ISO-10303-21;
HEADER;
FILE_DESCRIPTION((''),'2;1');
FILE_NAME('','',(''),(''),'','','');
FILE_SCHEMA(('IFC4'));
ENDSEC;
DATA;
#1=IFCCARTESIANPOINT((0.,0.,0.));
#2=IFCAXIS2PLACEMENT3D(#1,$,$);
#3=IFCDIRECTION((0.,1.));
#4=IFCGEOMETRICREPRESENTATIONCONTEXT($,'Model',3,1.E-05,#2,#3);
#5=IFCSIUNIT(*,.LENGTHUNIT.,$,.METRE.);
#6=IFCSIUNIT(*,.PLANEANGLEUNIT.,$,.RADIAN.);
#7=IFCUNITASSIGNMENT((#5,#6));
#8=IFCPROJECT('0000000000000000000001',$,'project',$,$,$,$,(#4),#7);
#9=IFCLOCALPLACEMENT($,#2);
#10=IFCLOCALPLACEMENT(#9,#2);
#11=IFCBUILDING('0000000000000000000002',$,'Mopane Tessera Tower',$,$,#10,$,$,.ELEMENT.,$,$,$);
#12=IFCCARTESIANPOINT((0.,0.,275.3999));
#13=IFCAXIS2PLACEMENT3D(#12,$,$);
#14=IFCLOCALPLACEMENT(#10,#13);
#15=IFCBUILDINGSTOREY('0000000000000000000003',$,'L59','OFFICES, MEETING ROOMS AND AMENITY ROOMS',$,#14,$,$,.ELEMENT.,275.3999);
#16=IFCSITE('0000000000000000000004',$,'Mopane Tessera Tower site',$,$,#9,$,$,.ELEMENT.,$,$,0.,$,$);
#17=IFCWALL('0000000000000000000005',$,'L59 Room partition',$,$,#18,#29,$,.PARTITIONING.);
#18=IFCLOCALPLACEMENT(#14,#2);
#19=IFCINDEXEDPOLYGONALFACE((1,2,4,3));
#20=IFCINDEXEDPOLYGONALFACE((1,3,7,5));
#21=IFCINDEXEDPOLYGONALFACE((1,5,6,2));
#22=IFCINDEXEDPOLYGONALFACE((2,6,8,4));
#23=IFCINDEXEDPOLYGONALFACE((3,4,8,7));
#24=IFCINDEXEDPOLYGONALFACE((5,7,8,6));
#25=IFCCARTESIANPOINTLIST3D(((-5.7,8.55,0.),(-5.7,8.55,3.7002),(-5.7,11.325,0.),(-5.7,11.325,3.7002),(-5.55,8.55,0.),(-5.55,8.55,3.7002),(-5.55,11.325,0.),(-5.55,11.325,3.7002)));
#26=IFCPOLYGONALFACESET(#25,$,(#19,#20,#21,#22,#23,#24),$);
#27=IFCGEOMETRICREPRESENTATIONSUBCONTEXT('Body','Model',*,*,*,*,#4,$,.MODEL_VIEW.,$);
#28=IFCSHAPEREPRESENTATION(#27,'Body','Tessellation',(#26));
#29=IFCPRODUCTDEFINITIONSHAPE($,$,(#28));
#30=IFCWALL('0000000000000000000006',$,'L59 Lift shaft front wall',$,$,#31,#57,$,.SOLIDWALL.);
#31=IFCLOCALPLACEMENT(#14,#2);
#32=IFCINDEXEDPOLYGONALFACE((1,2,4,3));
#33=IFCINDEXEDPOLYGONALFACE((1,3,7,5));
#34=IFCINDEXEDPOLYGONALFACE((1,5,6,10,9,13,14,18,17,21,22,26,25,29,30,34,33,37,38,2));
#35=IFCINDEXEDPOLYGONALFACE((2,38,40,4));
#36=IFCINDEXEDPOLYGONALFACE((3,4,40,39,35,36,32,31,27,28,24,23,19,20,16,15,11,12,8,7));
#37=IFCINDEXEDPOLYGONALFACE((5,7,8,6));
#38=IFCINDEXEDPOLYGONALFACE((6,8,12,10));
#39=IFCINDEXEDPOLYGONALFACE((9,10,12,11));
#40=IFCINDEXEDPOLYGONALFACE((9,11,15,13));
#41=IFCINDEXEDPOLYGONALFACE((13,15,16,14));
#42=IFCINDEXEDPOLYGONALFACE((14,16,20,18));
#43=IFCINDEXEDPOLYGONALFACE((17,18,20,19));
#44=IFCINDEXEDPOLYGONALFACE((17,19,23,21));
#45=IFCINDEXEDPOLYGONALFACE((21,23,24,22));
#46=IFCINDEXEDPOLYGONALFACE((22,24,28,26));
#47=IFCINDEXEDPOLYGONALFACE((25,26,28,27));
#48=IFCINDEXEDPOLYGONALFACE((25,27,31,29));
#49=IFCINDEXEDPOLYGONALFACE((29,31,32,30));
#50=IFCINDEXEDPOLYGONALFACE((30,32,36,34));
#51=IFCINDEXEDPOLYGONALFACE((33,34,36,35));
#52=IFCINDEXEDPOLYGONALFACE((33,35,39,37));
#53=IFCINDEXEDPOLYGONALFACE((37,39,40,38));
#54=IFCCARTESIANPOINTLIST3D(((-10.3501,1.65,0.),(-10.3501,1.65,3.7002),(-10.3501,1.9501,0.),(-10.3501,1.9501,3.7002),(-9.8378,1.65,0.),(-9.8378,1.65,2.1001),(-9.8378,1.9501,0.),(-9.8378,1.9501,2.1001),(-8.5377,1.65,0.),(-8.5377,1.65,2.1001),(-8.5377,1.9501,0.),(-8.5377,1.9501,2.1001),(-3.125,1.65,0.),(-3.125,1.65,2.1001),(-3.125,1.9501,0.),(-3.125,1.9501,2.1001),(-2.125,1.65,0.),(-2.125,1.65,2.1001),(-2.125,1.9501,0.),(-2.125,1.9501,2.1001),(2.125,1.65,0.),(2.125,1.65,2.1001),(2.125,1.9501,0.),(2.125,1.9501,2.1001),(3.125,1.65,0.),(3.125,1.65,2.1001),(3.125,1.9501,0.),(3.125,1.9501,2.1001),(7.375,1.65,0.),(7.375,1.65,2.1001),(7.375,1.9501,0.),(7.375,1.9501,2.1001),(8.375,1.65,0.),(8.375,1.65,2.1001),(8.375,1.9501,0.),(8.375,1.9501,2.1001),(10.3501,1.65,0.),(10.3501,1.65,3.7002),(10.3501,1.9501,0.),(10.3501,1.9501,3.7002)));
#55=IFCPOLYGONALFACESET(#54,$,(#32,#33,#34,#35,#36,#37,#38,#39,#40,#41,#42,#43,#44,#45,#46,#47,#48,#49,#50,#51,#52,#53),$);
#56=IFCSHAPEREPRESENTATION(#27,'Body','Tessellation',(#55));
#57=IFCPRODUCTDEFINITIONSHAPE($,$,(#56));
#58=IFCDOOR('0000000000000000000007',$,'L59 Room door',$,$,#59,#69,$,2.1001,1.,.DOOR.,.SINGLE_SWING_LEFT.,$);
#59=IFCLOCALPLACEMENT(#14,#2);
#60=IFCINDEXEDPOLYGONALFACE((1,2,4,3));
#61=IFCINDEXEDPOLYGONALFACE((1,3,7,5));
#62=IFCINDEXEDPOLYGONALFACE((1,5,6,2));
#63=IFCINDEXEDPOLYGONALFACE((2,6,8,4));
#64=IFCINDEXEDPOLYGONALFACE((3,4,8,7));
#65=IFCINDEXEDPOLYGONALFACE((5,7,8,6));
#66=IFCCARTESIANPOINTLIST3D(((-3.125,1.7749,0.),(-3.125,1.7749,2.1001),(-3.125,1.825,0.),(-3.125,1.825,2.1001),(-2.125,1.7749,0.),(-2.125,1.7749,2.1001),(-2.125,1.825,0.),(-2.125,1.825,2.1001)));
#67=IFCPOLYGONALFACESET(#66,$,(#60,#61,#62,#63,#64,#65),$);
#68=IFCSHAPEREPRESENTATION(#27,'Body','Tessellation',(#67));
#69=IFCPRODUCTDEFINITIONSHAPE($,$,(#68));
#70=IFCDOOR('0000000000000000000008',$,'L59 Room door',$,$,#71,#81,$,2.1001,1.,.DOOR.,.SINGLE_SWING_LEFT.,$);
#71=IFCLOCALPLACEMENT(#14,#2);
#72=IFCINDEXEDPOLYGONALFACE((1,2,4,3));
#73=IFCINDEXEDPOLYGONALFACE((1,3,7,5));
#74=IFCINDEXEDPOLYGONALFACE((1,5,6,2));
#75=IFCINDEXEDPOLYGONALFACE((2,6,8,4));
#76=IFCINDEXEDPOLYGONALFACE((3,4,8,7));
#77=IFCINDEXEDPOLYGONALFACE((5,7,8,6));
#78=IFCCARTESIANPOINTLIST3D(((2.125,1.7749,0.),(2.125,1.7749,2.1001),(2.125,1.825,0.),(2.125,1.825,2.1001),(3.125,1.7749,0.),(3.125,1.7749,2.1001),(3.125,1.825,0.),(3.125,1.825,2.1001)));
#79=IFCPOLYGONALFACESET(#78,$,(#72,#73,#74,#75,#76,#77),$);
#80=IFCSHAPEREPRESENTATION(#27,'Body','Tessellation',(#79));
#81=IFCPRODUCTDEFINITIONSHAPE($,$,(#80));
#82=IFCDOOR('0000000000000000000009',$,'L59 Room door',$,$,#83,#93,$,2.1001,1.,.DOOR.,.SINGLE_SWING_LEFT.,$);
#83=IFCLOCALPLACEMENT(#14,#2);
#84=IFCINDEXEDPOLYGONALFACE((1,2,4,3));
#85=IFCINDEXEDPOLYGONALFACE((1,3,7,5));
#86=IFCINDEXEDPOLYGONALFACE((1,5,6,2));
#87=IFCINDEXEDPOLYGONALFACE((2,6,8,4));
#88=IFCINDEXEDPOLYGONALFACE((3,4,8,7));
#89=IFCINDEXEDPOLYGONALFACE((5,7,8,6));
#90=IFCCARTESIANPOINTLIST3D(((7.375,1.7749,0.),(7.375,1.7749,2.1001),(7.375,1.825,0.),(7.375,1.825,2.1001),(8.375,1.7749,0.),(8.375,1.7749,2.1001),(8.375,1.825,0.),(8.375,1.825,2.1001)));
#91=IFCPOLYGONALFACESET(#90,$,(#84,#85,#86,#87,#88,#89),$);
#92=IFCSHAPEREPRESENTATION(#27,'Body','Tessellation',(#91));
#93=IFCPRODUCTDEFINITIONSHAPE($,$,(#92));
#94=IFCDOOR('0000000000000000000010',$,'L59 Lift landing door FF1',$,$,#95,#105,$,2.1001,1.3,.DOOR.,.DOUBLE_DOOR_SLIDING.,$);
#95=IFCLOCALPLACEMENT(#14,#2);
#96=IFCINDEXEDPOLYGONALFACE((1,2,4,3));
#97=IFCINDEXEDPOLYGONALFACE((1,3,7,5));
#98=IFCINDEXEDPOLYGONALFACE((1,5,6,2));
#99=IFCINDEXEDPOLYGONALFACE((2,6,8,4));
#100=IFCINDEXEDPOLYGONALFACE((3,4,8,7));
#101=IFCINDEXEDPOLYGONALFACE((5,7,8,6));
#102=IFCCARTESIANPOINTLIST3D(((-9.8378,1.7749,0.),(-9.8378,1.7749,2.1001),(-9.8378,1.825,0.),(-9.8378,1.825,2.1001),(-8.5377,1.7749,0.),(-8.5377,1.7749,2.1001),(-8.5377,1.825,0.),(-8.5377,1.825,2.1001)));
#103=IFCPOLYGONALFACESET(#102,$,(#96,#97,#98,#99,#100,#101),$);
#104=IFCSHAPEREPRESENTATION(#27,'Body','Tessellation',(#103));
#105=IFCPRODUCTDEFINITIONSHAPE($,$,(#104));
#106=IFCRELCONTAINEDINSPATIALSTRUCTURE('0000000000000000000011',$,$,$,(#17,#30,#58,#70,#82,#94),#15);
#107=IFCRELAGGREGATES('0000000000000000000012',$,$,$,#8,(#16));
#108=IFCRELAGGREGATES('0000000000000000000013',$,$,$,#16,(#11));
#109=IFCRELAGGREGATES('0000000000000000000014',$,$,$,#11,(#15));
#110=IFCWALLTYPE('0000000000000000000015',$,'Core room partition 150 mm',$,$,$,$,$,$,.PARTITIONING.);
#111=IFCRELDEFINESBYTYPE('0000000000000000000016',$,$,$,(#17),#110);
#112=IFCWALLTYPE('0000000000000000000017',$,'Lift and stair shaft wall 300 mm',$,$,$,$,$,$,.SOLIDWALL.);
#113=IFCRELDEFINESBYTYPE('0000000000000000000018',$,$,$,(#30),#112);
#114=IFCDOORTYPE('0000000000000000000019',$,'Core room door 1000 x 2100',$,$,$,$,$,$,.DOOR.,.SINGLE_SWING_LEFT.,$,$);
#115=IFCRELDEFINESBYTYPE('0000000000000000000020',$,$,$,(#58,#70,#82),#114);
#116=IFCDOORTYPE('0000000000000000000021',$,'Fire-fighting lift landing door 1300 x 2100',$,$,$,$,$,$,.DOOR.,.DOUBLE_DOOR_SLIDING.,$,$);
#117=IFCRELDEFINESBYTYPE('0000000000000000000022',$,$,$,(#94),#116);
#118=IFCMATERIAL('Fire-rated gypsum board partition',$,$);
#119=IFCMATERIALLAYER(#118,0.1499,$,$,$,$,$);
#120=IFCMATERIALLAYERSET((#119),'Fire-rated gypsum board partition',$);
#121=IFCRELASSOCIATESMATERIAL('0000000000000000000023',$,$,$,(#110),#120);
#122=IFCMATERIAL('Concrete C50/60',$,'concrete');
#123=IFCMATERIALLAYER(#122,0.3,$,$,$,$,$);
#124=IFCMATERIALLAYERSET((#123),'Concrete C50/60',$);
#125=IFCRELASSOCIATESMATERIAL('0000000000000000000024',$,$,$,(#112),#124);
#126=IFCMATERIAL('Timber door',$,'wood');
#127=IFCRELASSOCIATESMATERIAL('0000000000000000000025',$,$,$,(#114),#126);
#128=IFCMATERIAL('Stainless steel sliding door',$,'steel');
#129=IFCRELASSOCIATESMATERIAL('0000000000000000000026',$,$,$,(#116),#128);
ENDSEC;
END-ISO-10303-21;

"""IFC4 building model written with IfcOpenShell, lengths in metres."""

from ifc_helpers import new_model, si_unit, direction, frame, frame_2d, origin, place, context, subcontext, project, spatial, rectangle, extrude, material, layer, layer_set, type_object, element, fill, save


model = new_model("IFC4")

# Units and contexts
model_context = context("Model", 3, precision=1e-05, world=origin(), true_north=direction((0.0, 1.0)))
body_context = subcontext(model_context, "Body", "Model", "MODEL_VIEW")
ifc_project = project(units=[si_unit("LENGTHUNIT", "METRE"), si_unit("PLANEANGLEUNIT", "RADIAN")], contexts=[model_context])

# Site, building, storey
site_placement = place(None, origin())
site = spatial("IfcSite", under=ifc_project, at=site_placement, Name="Mopane Tessera Tower site", CompositionType="ELEMENT", RefElevation=0.0)
building_placement = place(site_placement, origin())
building = spatial("IfcBuilding", under=site, at=building_placement, Name="Mopane Tessera Tower", CompositionType="ELEMENT")
storey_placement = place(building_placement, frame((0.0, 0.0, 275.3999)))
storey = spatial("IfcBuildingStorey", under=building, at=storey_placement, Name="L59", Description="OFFICES, MEETING ROOMS AND AMENITY ROOMS", CompositionType="ELEMENT", Elevation=275.3999)

# Wall
ifc_material_1 = material(Name="Fire-rated gypsum board partition")
ifc_layer_1 = layer(ifc_material_1, 0.1499)
ifc_layer_set_1 = layer_set([ifc_layer_1], Name="Fire-rated gypsum board partition")
wall_type_1 = type_object("IfcWallType", Name="Core room partition 150 mm", PredefinedType="PARTITIONING", material=ifc_layer_set_1)
wall_1_placement = place(storey_placement, frame((-5.625, 8.55, 0.0), z_axis=(0.0, 0.0, 1.0), x_axis=(0.0, 1.0, 0.0)))
element("IfcWall", 1, at=wall_1_placement, inside=storey, type_object=wall_type_1, Name="L59 Room partition", PredefinedType="PARTITIONING", context=body_context, shape_type="SweptSolid", body=[
    extrude(rectangle(XDim=2.7749, YDim=0.1499, at=frame_2d((1.3875, 0.0))), origin(), (0.0, 0.0, 1.0), 3.7002),
])

# Wall, openings, doors
ifc_material_2 = material(Name="Concrete C50/60", Category="concrete")
ifc_layer_2 = layer(ifc_material_2, 0.3)
ifc_layer_set_2 = layer_set([ifc_layer_2], Name="Concrete C50/60")
wall_type_2 = type_object("IfcWallType", Name="Lift and stair shaft wall 300 mm", PredefinedType="SOLIDWALL", material=ifc_layer_set_2)
wall_2_placement = place(storey_placement, frame((-10.3501, 1.8, 0.0), z_axis=(0.0, 0.0, 1.0), x_axis=(1.0, 0.0, 0.0)))
wall_2 = element("IfcWall", 2, at=wall_2_placement, inside=storey, type_object=wall_type_2, Name="L59 Lift shaft front wall", PredefinedType="SOLIDWALL", context=body_context, shape_type="SweptSolid", body=[
    extrude(rectangle(XDim=20.7002, YDim=0.3, at=frame_2d((10.3501, 0.0))), origin(), (0.0, 0.0, 1.0), 3.7002),
])
opening_1_placement = place(wall_2_placement, frame((0.5125, 0.0, 0.0)))
opening_1 = element("IfcOpeningElement", 3, at=opening_1_placement, cuts=wall_2, PredefinedType="OPENING", context=body_context, shape_type="SweptSolid", body=[
    extrude(rectangle(XDim=1.3, YDim=2.1001, at=frame_2d((0.6499, 1.05))), frame((0.0, 0.1621, 0.0), z_axis=(0.0, -1.0, 0.0), x_axis=(1.0, 0.0, 0.0)), (0.0, 0.0, 1.0), 0.324),
])
opening_2_placement = place(wall_2_placement, frame((7.2251, 0.0, 0.0)))
opening_2 = element("IfcOpeningElement", 4, at=opening_2_placement, cuts=wall_2, PredefinedType="OPENING", context=body_context, shape_type="SweptSolid", body=[
    extrude(rectangle(XDim=1.0, YDim=2.1001, at=frame_2d((0.5, 1.05))), frame((0.0, 0.1621, 0.0), z_axis=(0.0, -1.0, 0.0), x_axis=(1.0, 0.0, 0.0)), (0.0, 0.0, 1.0), 0.324),
])
opening_3_placement = place(wall_2_placement, frame((12.4751, 0.0, 0.0)))
opening_3 = element("IfcOpeningElement", 5, at=opening_3_placement, cuts=wall_2, PredefinedType="OPENING", context=body_context, shape_type="SweptSolid", body=[
    extrude(rectangle(XDim=1.0, YDim=2.1001, at=frame_2d((0.5, 1.05))), frame((0.0, 0.1621, 0.0), z_axis=(0.0, -1.0, 0.0), x_axis=(1.0, 0.0, 0.0)), (0.0, 0.0, 1.0), 0.324),
])
opening_4_placement = place(wall_2_placement, frame((17.7251, 0.0, 0.0)))
opening_4 = element("IfcOpeningElement", 6, at=opening_4_placement, cuts=wall_2, PredefinedType="OPENING", context=body_context, shape_type="SweptSolid", body=[
    extrude(rectangle(XDim=1.0, YDim=2.1001, at=frame_2d((0.5, 1.05))), frame((0.0, 0.1621, 0.0), z_axis=(0.0, -1.0, 0.0), x_axis=(1.0, 0.0, 0.0)), (0.0, 0.0, 1.0), 0.324),
])
ifc_material_3 = material(Name="Timber door", Category="wood")
door_type_1 = type_object("IfcDoorType", Name="Core room door 1000 x 2100", OperationType="SINGLE_SWING_LEFT", PredefinedType="DOOR", material=ifc_material_3)
door_1_placement = place(opening_2_placement, origin())
door_1 = element("IfcDoor", 7, at=door_1_placement, inside=storey, type_object=door_type_1, Name="L59 Room door", OperationType="SINGLE_SWING_LEFT", OverallHeight=2.1001, OverallWidth=1.0, PredefinedType="DOOR", context=body_context, shape_type="SweptSolid", body=[
    extrude(rectangle(XDim=1.0, YDim=2.1001, at=frame_2d((0.5, 1.05))), frame((0.0, 0.0249, 0.0), z_axis=(0.0, -1.0, 0.0), x_axis=(1.0, 0.0, 0.0)), (0.0, 0.0, 1.0), 0.05),
])
fill(opening_2, door_1)
door_2_placement = place(opening_3_placement, origin())
door_2 = element("IfcDoor", 8, at=door_2_placement, inside=storey, type_object=door_type_1, Name="L59 Room door", OperationType="SINGLE_SWING_LEFT", OverallHeight=2.1001, OverallWidth=1.0, PredefinedType="DOOR", context=body_context, shape_type="SweptSolid", body=[
    extrude(rectangle(XDim=1.0, YDim=2.1001, at=frame_2d((0.5, 1.05))), frame((0.0, 0.0249, 0.0), z_axis=(0.0, -1.0, 0.0), x_axis=(1.0, 0.0, 0.0)), (0.0, 0.0, 1.0), 0.05),
])
fill(opening_3, door_2)
door_3_placement = place(opening_4_placement, origin())
door_3 = element("IfcDoor", 9, at=door_3_placement, inside=storey, type_object=door_type_1, Name="L59 Room door", OperationType="SINGLE_SWING_LEFT", OverallHeight=2.1001, OverallWidth=1.0, PredefinedType="DOOR", context=body_context, shape_type="SweptSolid", body=[
    extrude(rectangle(XDim=1.0, YDim=2.1001, at=frame_2d((0.5, 1.05))), frame((0.0, 0.0249, 0.0), z_axis=(0.0, -1.0, 0.0), x_axis=(1.0, 0.0, 0.0)), (0.0, 0.0, 1.0), 0.05),
])
fill(opening_4, door_3)
ifc_material_4 = material(Name="Stainless steel sliding door", Category="steel")
door_type_2 = type_object("IfcDoorType", Name="Fire-fighting lift landing door 1300 x 2100", OperationType="DOUBLE_DOOR_SLIDING", PredefinedType="DOOR", material=ifc_material_4)
door_4_placement = place(opening_1_placement, origin())
door_4 = element("IfcDoor", 10, at=door_4_placement, inside=storey, type_object=door_type_2, Name="L59 Lift landing door FF1", OperationType="DOUBLE_DOOR_SLIDING", OverallHeight=2.1001, OverallWidth=1.3, PredefinedType="DOOR", context=body_context, shape_type="SweptSolid", body=[
    extrude(rectangle(XDim=1.3, YDim=2.1001, at=frame_2d((0.6499, 1.05))), frame((0.0, 0.0249, 0.0), z_axis=(0.0, -1.0, 0.0), x_axis=(1.0, 0.0, 0.0)), (0.0, 0.0, 1.0), 0.05),
])
fill(opening_1, door_4)

save(model, "model.ifc")
